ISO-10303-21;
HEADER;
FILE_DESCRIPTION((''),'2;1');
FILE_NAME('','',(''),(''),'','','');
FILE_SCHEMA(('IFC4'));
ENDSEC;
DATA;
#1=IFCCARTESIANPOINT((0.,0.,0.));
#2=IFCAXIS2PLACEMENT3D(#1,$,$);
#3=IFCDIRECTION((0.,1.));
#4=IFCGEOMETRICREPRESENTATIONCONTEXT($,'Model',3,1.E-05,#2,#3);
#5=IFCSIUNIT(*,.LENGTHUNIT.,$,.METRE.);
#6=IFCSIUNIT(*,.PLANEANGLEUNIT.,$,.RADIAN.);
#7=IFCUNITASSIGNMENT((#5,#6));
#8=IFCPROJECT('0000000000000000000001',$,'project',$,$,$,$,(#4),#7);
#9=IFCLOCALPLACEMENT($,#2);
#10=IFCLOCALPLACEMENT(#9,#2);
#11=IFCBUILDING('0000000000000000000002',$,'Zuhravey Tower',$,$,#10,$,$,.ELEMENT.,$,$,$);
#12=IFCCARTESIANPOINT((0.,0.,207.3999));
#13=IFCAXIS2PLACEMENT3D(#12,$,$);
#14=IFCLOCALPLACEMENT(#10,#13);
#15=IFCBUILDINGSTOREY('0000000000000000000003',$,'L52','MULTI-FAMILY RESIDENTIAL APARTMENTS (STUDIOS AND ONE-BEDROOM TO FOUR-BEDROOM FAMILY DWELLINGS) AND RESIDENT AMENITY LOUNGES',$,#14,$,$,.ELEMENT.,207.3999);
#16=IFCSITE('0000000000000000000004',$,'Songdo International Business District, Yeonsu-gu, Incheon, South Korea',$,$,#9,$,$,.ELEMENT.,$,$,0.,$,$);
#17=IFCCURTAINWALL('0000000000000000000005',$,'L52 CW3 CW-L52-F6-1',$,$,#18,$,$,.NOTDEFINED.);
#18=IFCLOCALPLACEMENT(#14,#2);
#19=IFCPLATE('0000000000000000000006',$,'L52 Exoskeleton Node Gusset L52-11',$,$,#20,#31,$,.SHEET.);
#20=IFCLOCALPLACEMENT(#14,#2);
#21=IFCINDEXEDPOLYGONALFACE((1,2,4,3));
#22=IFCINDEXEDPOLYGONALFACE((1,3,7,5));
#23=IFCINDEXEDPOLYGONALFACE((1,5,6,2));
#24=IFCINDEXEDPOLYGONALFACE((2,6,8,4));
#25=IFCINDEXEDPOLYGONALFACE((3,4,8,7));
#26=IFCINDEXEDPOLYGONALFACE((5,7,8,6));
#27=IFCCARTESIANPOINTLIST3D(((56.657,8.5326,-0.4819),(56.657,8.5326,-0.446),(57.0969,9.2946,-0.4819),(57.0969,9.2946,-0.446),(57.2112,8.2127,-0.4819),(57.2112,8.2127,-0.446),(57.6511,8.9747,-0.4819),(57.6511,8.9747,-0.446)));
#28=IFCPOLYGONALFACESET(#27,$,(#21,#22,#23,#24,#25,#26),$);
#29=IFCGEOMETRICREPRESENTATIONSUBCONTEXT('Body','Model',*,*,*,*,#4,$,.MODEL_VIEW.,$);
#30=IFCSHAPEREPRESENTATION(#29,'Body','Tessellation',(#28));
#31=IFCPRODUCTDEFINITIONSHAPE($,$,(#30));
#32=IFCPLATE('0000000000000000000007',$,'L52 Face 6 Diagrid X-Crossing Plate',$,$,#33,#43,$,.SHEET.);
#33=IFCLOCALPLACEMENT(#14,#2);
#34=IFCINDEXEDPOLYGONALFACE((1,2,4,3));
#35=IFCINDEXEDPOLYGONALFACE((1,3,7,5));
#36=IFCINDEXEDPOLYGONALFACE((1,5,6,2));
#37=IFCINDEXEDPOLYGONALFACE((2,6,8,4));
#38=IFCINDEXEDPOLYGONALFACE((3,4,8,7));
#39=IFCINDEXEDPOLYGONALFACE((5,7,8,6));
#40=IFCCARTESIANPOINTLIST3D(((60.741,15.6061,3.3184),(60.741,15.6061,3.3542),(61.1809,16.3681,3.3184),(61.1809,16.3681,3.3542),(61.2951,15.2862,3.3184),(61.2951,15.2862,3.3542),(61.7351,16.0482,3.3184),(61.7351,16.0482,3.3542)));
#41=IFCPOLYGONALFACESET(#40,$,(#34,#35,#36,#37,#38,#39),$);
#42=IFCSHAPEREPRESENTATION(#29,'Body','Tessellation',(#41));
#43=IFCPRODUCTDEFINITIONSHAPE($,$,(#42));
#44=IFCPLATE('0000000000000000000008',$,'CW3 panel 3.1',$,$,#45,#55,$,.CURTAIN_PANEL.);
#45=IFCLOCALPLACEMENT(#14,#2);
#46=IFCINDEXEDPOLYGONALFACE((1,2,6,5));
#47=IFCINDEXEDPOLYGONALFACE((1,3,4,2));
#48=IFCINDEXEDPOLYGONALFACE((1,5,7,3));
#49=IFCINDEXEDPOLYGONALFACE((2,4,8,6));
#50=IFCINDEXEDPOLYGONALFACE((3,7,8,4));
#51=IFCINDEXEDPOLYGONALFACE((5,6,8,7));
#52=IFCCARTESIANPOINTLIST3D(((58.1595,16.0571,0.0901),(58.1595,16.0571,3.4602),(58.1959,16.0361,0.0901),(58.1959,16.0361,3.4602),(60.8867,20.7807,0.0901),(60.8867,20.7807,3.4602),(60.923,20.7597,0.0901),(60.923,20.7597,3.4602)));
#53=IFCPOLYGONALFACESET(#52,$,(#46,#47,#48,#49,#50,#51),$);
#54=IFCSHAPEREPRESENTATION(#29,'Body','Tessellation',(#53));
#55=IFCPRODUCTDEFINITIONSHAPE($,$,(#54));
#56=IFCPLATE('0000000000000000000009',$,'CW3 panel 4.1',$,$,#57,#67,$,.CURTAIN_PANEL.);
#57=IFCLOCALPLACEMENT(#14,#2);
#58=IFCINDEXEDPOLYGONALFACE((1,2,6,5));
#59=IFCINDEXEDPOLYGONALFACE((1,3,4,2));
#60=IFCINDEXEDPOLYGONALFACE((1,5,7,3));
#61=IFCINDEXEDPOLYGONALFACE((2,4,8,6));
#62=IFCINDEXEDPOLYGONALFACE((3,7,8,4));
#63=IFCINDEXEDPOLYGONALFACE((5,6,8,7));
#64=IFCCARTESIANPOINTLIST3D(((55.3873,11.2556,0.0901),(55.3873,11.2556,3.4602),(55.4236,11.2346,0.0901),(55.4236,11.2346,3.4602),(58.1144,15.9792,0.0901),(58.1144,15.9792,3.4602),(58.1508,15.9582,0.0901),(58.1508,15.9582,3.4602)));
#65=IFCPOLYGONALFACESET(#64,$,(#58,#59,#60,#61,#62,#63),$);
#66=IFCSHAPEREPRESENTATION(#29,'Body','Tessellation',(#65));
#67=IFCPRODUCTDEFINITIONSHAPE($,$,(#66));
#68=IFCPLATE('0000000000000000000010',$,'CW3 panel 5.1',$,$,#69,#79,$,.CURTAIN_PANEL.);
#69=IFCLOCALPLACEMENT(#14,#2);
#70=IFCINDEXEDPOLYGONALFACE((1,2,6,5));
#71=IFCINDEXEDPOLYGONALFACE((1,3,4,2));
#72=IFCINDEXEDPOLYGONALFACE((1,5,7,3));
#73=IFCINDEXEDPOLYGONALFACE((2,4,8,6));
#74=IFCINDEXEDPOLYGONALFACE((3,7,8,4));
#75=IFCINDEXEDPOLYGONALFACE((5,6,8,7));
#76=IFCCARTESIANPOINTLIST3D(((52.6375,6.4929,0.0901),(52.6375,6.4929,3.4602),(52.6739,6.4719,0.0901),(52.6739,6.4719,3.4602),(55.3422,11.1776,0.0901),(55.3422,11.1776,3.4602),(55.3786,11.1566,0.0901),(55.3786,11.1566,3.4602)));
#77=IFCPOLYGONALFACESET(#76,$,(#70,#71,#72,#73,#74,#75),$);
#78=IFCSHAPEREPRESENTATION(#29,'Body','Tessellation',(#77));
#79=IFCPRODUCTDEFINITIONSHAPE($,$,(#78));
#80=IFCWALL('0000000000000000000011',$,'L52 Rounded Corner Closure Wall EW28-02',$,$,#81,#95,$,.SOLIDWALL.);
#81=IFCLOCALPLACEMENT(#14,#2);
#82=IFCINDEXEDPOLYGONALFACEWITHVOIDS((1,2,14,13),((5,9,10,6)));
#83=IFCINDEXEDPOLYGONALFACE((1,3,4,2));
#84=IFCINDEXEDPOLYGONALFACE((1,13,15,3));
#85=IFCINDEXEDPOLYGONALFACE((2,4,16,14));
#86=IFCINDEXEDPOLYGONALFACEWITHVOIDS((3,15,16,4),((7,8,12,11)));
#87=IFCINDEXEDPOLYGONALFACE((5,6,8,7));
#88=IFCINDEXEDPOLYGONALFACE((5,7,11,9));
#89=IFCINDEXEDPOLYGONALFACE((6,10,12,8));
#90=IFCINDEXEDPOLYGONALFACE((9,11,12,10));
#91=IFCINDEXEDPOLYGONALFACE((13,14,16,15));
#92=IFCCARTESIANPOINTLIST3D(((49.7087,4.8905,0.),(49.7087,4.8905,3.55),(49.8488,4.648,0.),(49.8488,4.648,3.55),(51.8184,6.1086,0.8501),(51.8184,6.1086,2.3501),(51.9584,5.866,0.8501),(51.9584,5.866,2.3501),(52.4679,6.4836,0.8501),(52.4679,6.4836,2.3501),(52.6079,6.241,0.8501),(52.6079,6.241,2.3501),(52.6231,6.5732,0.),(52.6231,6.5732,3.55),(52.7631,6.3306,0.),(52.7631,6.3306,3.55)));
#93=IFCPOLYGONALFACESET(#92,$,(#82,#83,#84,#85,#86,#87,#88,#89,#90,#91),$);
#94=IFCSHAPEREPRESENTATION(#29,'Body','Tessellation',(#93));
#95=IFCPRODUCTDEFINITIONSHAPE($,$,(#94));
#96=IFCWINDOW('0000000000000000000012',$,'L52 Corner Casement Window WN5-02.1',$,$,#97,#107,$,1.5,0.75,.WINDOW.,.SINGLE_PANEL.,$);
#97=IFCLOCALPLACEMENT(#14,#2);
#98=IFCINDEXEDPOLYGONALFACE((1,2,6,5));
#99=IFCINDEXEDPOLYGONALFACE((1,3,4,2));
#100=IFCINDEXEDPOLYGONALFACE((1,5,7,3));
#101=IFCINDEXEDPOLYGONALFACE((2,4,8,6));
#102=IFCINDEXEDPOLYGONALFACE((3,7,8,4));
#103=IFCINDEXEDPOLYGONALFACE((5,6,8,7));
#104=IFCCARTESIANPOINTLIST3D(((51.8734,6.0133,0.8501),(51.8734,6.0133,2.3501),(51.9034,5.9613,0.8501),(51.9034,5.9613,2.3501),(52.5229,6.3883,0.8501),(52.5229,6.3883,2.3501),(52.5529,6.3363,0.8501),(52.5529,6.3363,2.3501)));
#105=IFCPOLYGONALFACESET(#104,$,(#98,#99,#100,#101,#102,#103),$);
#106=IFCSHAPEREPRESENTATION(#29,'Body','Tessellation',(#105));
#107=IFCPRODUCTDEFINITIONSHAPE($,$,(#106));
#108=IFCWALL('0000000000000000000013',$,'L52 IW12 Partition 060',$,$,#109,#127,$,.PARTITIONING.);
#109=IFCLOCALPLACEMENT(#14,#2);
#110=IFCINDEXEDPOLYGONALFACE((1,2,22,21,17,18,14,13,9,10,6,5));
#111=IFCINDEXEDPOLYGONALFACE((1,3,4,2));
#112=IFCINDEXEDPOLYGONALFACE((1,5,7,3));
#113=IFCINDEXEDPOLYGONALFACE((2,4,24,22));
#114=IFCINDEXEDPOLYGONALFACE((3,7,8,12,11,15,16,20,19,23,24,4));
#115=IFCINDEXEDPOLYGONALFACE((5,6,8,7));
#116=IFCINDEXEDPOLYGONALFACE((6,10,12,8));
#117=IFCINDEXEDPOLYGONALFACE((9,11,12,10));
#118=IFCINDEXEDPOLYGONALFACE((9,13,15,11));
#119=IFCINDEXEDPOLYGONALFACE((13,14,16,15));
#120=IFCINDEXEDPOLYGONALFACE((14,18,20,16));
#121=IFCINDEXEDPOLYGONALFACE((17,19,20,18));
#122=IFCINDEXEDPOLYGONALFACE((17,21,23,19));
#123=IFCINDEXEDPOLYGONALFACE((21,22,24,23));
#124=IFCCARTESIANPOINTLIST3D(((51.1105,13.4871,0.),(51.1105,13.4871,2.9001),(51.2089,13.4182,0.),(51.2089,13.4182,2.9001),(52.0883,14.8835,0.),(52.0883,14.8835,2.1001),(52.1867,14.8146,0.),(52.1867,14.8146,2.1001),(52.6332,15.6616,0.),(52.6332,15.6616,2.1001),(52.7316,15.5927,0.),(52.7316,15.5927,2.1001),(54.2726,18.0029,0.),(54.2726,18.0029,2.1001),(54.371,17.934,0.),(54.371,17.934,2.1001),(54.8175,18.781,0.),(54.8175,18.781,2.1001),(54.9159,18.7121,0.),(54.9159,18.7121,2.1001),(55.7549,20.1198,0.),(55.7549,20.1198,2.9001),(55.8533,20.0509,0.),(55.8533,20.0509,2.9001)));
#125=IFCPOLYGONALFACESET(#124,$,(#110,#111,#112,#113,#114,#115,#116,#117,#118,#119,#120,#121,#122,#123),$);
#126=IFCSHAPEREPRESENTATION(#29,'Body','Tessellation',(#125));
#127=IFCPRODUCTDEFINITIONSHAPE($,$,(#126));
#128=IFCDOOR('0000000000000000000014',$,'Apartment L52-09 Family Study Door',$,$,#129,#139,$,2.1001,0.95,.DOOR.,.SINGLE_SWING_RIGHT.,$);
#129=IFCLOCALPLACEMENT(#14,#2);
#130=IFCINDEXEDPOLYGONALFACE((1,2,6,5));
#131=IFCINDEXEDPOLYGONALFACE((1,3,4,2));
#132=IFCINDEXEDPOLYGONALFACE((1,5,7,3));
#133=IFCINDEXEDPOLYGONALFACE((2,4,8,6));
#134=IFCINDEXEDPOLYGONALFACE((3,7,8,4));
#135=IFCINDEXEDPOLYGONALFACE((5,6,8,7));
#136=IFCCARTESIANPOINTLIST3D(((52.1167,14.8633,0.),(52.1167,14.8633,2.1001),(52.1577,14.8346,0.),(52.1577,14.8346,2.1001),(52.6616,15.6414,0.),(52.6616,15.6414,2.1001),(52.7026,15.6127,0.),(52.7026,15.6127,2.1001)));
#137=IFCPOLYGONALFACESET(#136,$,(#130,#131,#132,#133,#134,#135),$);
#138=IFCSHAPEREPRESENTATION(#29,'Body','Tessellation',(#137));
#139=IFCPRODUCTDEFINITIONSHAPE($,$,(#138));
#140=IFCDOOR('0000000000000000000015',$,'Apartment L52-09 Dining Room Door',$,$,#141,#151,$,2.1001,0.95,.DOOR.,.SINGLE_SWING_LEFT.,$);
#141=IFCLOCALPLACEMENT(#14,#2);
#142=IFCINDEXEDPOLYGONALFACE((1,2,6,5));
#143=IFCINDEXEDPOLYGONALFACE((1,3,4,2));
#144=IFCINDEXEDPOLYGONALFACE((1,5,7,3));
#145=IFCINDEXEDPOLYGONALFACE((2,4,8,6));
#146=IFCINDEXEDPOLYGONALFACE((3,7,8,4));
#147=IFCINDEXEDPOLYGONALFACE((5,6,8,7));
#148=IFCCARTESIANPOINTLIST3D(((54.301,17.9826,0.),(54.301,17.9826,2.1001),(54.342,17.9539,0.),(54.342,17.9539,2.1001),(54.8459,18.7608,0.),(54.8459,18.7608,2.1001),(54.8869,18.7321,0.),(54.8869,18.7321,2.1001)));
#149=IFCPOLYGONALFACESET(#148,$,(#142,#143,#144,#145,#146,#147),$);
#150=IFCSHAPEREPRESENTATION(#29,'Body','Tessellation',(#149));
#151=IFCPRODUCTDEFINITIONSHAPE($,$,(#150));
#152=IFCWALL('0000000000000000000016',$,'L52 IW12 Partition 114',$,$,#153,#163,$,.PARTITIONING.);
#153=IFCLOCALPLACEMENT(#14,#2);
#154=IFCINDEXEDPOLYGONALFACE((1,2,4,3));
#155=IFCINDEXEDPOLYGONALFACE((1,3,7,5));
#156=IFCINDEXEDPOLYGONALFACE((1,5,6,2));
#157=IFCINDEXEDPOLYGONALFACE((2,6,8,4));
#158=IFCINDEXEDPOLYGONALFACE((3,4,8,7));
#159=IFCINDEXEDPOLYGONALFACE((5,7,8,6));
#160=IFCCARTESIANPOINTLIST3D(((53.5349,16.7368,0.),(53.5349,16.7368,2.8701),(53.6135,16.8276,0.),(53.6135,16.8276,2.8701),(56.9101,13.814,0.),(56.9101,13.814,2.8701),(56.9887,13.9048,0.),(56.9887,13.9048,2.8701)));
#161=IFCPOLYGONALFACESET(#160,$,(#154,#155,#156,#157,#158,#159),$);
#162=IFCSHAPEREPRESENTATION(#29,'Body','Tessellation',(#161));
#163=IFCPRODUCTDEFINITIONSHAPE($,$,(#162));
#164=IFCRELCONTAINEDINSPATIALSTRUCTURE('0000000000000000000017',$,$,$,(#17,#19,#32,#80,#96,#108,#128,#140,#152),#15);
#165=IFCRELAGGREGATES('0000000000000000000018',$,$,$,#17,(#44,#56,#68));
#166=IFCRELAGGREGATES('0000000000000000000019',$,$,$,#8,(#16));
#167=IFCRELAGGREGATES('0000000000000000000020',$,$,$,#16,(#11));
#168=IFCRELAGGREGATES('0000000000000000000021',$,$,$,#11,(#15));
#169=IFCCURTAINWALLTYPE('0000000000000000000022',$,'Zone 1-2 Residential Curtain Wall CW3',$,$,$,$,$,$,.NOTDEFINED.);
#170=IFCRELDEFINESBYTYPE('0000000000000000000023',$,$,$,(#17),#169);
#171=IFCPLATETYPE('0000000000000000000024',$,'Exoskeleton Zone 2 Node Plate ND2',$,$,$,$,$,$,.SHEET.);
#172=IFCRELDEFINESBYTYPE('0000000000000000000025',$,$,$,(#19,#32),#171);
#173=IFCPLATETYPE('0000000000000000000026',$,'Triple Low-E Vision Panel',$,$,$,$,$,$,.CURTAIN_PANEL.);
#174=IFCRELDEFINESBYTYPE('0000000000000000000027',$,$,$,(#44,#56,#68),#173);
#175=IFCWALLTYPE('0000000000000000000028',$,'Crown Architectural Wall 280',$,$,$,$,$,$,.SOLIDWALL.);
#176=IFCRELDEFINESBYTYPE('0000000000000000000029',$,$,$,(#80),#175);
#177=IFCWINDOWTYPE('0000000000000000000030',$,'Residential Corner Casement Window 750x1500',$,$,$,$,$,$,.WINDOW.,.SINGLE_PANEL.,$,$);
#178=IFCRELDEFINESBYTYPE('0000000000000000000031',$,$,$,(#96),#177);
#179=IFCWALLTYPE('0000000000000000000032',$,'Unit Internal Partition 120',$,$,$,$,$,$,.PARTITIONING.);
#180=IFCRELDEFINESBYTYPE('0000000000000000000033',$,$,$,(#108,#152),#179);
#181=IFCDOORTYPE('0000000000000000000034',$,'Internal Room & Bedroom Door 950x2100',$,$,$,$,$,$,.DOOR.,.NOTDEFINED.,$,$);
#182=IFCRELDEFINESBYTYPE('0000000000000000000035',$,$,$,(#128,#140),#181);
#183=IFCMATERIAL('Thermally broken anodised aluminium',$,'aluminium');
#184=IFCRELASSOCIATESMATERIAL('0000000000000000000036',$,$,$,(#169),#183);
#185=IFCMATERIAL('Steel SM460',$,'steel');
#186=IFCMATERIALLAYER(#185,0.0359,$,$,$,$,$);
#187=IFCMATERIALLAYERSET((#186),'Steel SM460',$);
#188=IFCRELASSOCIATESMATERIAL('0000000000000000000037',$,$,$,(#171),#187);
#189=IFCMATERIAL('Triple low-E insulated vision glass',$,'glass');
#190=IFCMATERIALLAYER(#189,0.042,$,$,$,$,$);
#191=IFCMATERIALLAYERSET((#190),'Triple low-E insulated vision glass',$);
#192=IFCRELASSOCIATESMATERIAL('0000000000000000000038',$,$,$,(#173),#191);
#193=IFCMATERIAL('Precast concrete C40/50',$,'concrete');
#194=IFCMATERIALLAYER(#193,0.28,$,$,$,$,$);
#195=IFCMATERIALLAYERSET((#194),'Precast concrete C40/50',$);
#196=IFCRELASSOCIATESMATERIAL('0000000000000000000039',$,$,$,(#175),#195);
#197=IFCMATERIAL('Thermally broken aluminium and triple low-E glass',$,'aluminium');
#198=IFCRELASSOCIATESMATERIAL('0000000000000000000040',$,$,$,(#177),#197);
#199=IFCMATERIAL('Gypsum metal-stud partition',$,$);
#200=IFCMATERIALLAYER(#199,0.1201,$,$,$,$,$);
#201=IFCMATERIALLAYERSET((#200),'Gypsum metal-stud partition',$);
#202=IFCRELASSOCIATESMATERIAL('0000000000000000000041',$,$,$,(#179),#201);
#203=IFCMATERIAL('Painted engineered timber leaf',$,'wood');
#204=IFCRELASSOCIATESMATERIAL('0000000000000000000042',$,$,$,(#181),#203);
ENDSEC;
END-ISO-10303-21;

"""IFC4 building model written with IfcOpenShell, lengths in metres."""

from ifc_helpers import new_model, si_unit, direction, frame, frame_2d, origin, origin_2d, place, context, subcontext, project, spatial, rectangle, extrude, material, layer, layer_set, type_object, element, fill, aggregate, save


model = new_model("IFC4")

# Units and contexts
model_context = context("Model", 3, precision=1e-05, world=origin(), true_north=direction((0.0, 1.0)))
body_context = subcontext(model_context, "Body", "Model", "MODEL_VIEW")
ifc_project = project(units=[si_unit("LENGTHUNIT", "METRE"), si_unit("PLANEANGLEUNIT", "RADIAN")], contexts=[model_context])

# Site, building, storey
site_placement = place(None, origin())
site = spatial("IfcSite", under=ifc_project, at=site_placement, Name="Songdo International Business District, Yeonsu-gu, Incheon, South Korea", CompositionType="ELEMENT", RefElevation=0.0)
building_placement = place(site_placement, origin())
building = spatial("IfcBuilding", under=site, at=building_placement, Name="Zuhravey Tower", CompositionType="ELEMENT")
storey_placement = place(building_placement, frame((0.0, 0.0, 207.3999)))
storey = spatial("IfcBuildingStorey", under=building, at=storey_placement, Name="L52", Description="MULTI-FAMILY RESIDENTIAL APARTMENTS (STUDIOS AND ONE-BEDROOM TO FOUR-BEDROOM FAMILY DWELLINGS) AND RESIDENT AMENITY LOUNGES", CompositionType="ELEMENT", Elevation=207.3999)

# Curtain wall
ifc_material_1 = material(Name="Thermally broken anodised aluminium", Category="aluminium")
curtain_wall_type = type_object("IfcCurtainWallType", Name="Zone 1-2 Residential Curtain Wall CW3", PredefinedType="NOTDEFINED", material=ifc_material_1)
curtain_wall_1_placement = place(storey_placement, origin())
curtain_wall_1 = element("IfcCurtainWall", 1, at=curtain_wall_1_placement, inside=storey, type_object=curtain_wall_type, Name="L52 CW3 CW-L52-F6-1", PredefinedType="NOTDEFINED")

# Shared definitions
ifc_material_2 = material(Name="Steel SM460", Category="steel")

# Plates
ifc_layer_1 = layer(ifc_material_2, 0.0359)
ifc_layer_set_1 = layer_set([ifc_layer_1], Name="Steel SM460")
plate_type_1 = type_object("IfcPlateType", Name="Exoskeleton Zone 2 Node Plate ND2", PredefinedType="SHEET", material=ifc_layer_set_1)
for number, where, z_axis, x_axis, name in (
    (2, (57.1541, 8.7537, -0.4819), (0.0, 0.0, 1.0), (0.5, 0.866025, 0.0), "L52 Exoskeleton Node Gusset L52-11"),
    (3, (61.238, 15.8271, 3.3184), (0.0, 0.0, 1.0), (0.5, 0.866025, 0.0), "L52 Face 6 Diagrid X-Crossing Plate"),
):
    element("IfcPlate", number, at=place(storey_placement, frame(where, z_axis=z_axis, x_axis=x_axis)), inside=storey, type_object=plate_type_1, Name=name, PredefinedType="SHEET", context=body_context, shape_type="SweptSolid", body=[
        extrude(rectangle(XDim=0.8799, YDim=0.6399, at=origin_2d()), origin(), (0.0, 0.0, 1.0), 0.0359),
    ])

# Plates
ifc_material_3 = material(Name="Triple low-E insulated vision glass", Category="glass")
ifc_layer_2 = layer(ifc_material_3, 0.042)
ifc_layer_set_2 = layer_set([ifc_layer_2], Name="Triple low-E insulated vision glass")
plate_type_2 = type_object("IfcPlateType", Name="Triple Low-E Vision Panel", PredefinedType="CURTAIN_PANEL", material=ifc_layer_set_2)
plate_1_placement = place(storey_placement, frame((59.5413, 18.4084, 0.0901), z_axis=(0.0, 0.0, 1.0), x_axis=(-0.5, -0.866025, 0.0)))
plate_1 = element("IfcPlate", 4, at=plate_1_placement, type_object=plate_type_2, Name="CW3 panel 3.1", PredefinedType="CURTAIN_PANEL", context=body_context, shape_type="SweptSolid", body=[
    extrude(rectangle(XDim=5.4543, YDim=0.042, at=origin_2d()), origin(), (0.0, 0.0, 1.0), 3.3701),
])
plate_2_placement = place(storey_placement, frame((56.769, 13.6069, 0.0901), z_axis=(0.0, 0.0, 1.0), x_axis=(-0.5, -0.866025, 0.0)))
plate_2 = element("IfcPlate", 5, at=plate_2_placement, type_object=plate_type_2, Name="CW3 panel 4.1", PredefinedType="CURTAIN_PANEL", context=body_context, shape_type="SweptSolid", body=[
    extrude(rectangle(XDim=5.4543, YDim=0.042, at=origin_2d()), origin(), (0.0, 0.0, 1.0), 3.3701),
])
plate_3_placement = place(storey_placement, frame((54.0081, 8.8247, 0.0901), z_axis=(0.0, 0.0, 1.0), x_axis=(-0.5, -0.866025, 0.0)))
plate_3 = element("IfcPlate", 6, at=plate_3_placement, type_object=plate_type_2, Name="CW3 panel 5.1", PredefinedType="CURTAIN_PANEL", context=body_context, shape_type="SweptSolid", body=[
    extrude(rectangle(XDim=5.4094, YDim=0.042, at=origin_2d()), origin(), (0.0, 0.0, 1.0), 3.3701),
])
aggregate(curtain_wall_1, [plate_1, plate_2, plate_3])

# Wall, opening, window
ifc_material_4 = material(Name="Precast concrete C40/50", Category="concrete")
ifc_layer_3 = layer(ifc_material_4, 0.28)
ifc_layer_set_3 = layer_set([ifc_layer_3], Name="Precast concrete C40/50")
wall_type_1 = type_object("IfcWallType", Name="Crown Architectural Wall 280", PredefinedType="SOLIDWALL", material=ifc_layer_set_3)
wall_1_placement = place(storey_placement, frame((52.6931, 6.4519, 0.0), z_axis=(0.0, 0.0, 1.0), x_axis=(-0.86602, -0.500009, 0.0)))
wall_1 = element("IfcWall", 7, at=wall_1_placement, inside=storey, type_object=wall_type_1, Name="L52 Rounded Corner Closure Wall EW28-02", PredefinedType="SOLIDWALL", context=body_context, shape_type="SweptSolid", body=[
    extrude(rectangle(XDim=3.3652, YDim=0.28, at=frame_2d((1.6826, 0.0))), origin(), (0.0, 0.0, 1.0), 3.55),
])
opening_1_placement = place(wall_1_placement, frame((0.1792, 0.0, 0.8501)))
opening_1 = element("IfcOpeningElement", 8, at=opening_1_placement, cuts=wall_1, PredefinedType="OPENING", context=body_context, shape_type="SweptSolid", body=[
    extrude(rectangle(XDim=0.75, YDim=1.5, at=frame_2d((0.375, 0.75))), frame((0.0, 0.1521, 0.0), z_axis=(0.0, -1.0, 0.0), x_axis=(1.0, 0.0, 0.0)), (0.0, 0.0, 1.0), 0.304),
])
ifc_material_5 = material(Name="Thermally broken aluminium and triple low-E glass", Category="aluminium")
window_type = type_object("IfcWindowType", Name="Residential Corner Casement Window 750x1500", PartitioningType="SINGLE_PANEL", PredefinedType="WINDOW", material=ifc_material_5)
window_placement = place(opening_1_placement, origin())
window = element("IfcWindow", 9, at=window_placement, inside=storey, type_object=window_type, Name="L52 Corner Casement Window WN5-02.1", OverallHeight=1.5, OverallWidth=0.75, PartitioningType="SINGLE_PANEL", PredefinedType="WINDOW", context=body_context, shape_type="SweptSolid", body=[
    extrude(rectangle(XDim=0.75, YDim=1.5, at=frame_2d((0.375, 0.75))), frame((0.0, 0.03, 0.0), z_axis=(0.0, -1.0, 0.0), x_axis=(1.0, 0.0, 0.0)), (0.0, 0.0, 1.0), 0.0601),
])
fill(opening_1, window)

# Wall, openings, doors
ifc_material_6 = material(Name="Gypsum metal-stud partition")
ifc_layer_4 = layer(ifc_material_6, 0.1201)
ifc_layer_set_4 = layer_set([ifc_layer_4], Name="Gypsum metal-stud partition")
wall_type_2 = type_object("IfcWallType", Name="Unit Internal Partition 120", PredefinedType="PARTITIONING", material=ifc_layer_set_4)
wall_2_placement = place(storey_placement, frame((51.1597, 13.4526, 0.0), z_axis=(0.0, 0.0, 1.0), x_axis=(0.573592, 0.819141, 0.0)))
wall_2 = element("IfcWall", 10, at=wall_2_placement, inside=storey, type_object=wall_type_2, Name="L52 IW12 Partition 060", PredefinedType="PARTITIONING", context=body_context, shape_type="SweptSolid", body=[
    extrude(rectangle(XDim=8.0972, YDim=0.1201, at=frame_2d((4.0486, 0.0))), origin(), (0.0, 0.0, 1.0), 2.9001),
])
opening_2_placement = place(wall_2_placement, frame((1.7046, 0.0, 0.0)))
opening_2 = element("IfcOpeningElement", 11, at=opening_2_placement, cuts=wall_2, PredefinedType="OPENING", context=body_context, shape_type="SweptSolid", body=[
    extrude(rectangle(XDim=0.95, YDim=2.1001, at=frame_2d((0.4751, 1.05))), frame((0.0, 0.072, 0.0), z_axis=(0.0, -1.0, 0.0), x_axis=(1.0, 0.0, 0.0)), (0.0, 0.0, 1.0), 0.144),
])
opening_3_placement = place(wall_2_placement, frame((5.5127, 0.0, 0.0)))
opening_3 = element("IfcOpeningElement", 12, at=opening_3_placement, cuts=wall_2, PredefinedType="OPENING", context=body_context, shape_type="SweptSolid", body=[
    extrude(rectangle(XDim=0.95, YDim=2.1001, at=frame_2d((0.4751, 1.05))), frame((0.0, 0.072, 0.0), z_axis=(0.0, -1.0, 0.0), x_axis=(1.0, 0.0, 0.0)), (0.0, 0.0, 1.0), 0.144),
])
ifc_material_7 = material(Name="Painted engineered timber leaf", Category="wood")
door_type = type_object("IfcDoorType", Name="Internal Room & Bedroom Door 950x2100", OperationType="NOTDEFINED", PredefinedType="DOOR", material=ifc_material_7)
door_1_placement = place(opening_2_placement, frame((0.95, 0.0, 0.0), z_axis=(0.0, 0.0, 1.0), x_axis=(-1.0, 0.0, 0.0)))
door_1 = element("IfcDoor", 13, at=door_1_placement, inside=storey, type_object=door_type, Name="Apartment L52-09 Family Study Door", OperationType="SINGLE_SWING_RIGHT", OverallHeight=2.1001, OverallWidth=0.95, PredefinedType="DOOR", context=body_context, shape_type="SweptSolid", body=[
    extrude(rectangle(XDim=0.95, YDim=2.1001, at=frame_2d((0.4751, 1.05))), frame((0.0, 0.0249, 0.0), z_axis=(0.0, -1.0, 0.0), x_axis=(1.0, 0.0, 0.0)), (0.0, 0.0, 1.0), 0.05),
])
fill(opening_2, door_1)
door_2_placement = place(opening_3_placement, frame((0.95, 0.0, 0.0), z_axis=(0.0, 0.0, 1.0), x_axis=(-1.0, 0.0, 0.0)))
door_2 = element("IfcDoor", 14, at=door_2_placement, inside=storey, type_object=door_type, Name="Apartment L52-09 Dining Room Door", OperationType="SINGLE_SWING_LEFT", OverallHeight=2.1001, OverallWidth=0.95, PredefinedType="DOOR", context=body_context, shape_type="SweptSolid", body=[
    extrude(rectangle(XDim=0.95, YDim=2.1001, at=frame_2d((0.4751, 1.05))), frame((0.0, 0.0249, 0.0), z_axis=(0.0, -1.0, 0.0), x_axis=(1.0, 0.0, 0.0)), (0.0, 0.0, 1.0), 0.05),
])
fill(opening_3, door_2)

# Wall
wall_3_placement = place(storey_placement, frame((53.5742, 16.7822, 0.0), z_axis=(0.0, 0.0, 1.0), x_axis=(0.755951, -0.654629, 0.0)))
element("IfcWall", 15, at=wall_3_placement, inside=storey, type_object=wall_type_2, Name="L52 IW12 Partition 114", PredefinedType="PARTITIONING", context=body_context, shape_type="SweptSolid", body=[
    extrude(rectangle(XDim=4.4648, YDim=0.1201, at=frame_2d((2.2324, 0.0))), origin(), (0.0, 0.0, 1.0), 2.8701),
])

save(model, "model.ifc")
